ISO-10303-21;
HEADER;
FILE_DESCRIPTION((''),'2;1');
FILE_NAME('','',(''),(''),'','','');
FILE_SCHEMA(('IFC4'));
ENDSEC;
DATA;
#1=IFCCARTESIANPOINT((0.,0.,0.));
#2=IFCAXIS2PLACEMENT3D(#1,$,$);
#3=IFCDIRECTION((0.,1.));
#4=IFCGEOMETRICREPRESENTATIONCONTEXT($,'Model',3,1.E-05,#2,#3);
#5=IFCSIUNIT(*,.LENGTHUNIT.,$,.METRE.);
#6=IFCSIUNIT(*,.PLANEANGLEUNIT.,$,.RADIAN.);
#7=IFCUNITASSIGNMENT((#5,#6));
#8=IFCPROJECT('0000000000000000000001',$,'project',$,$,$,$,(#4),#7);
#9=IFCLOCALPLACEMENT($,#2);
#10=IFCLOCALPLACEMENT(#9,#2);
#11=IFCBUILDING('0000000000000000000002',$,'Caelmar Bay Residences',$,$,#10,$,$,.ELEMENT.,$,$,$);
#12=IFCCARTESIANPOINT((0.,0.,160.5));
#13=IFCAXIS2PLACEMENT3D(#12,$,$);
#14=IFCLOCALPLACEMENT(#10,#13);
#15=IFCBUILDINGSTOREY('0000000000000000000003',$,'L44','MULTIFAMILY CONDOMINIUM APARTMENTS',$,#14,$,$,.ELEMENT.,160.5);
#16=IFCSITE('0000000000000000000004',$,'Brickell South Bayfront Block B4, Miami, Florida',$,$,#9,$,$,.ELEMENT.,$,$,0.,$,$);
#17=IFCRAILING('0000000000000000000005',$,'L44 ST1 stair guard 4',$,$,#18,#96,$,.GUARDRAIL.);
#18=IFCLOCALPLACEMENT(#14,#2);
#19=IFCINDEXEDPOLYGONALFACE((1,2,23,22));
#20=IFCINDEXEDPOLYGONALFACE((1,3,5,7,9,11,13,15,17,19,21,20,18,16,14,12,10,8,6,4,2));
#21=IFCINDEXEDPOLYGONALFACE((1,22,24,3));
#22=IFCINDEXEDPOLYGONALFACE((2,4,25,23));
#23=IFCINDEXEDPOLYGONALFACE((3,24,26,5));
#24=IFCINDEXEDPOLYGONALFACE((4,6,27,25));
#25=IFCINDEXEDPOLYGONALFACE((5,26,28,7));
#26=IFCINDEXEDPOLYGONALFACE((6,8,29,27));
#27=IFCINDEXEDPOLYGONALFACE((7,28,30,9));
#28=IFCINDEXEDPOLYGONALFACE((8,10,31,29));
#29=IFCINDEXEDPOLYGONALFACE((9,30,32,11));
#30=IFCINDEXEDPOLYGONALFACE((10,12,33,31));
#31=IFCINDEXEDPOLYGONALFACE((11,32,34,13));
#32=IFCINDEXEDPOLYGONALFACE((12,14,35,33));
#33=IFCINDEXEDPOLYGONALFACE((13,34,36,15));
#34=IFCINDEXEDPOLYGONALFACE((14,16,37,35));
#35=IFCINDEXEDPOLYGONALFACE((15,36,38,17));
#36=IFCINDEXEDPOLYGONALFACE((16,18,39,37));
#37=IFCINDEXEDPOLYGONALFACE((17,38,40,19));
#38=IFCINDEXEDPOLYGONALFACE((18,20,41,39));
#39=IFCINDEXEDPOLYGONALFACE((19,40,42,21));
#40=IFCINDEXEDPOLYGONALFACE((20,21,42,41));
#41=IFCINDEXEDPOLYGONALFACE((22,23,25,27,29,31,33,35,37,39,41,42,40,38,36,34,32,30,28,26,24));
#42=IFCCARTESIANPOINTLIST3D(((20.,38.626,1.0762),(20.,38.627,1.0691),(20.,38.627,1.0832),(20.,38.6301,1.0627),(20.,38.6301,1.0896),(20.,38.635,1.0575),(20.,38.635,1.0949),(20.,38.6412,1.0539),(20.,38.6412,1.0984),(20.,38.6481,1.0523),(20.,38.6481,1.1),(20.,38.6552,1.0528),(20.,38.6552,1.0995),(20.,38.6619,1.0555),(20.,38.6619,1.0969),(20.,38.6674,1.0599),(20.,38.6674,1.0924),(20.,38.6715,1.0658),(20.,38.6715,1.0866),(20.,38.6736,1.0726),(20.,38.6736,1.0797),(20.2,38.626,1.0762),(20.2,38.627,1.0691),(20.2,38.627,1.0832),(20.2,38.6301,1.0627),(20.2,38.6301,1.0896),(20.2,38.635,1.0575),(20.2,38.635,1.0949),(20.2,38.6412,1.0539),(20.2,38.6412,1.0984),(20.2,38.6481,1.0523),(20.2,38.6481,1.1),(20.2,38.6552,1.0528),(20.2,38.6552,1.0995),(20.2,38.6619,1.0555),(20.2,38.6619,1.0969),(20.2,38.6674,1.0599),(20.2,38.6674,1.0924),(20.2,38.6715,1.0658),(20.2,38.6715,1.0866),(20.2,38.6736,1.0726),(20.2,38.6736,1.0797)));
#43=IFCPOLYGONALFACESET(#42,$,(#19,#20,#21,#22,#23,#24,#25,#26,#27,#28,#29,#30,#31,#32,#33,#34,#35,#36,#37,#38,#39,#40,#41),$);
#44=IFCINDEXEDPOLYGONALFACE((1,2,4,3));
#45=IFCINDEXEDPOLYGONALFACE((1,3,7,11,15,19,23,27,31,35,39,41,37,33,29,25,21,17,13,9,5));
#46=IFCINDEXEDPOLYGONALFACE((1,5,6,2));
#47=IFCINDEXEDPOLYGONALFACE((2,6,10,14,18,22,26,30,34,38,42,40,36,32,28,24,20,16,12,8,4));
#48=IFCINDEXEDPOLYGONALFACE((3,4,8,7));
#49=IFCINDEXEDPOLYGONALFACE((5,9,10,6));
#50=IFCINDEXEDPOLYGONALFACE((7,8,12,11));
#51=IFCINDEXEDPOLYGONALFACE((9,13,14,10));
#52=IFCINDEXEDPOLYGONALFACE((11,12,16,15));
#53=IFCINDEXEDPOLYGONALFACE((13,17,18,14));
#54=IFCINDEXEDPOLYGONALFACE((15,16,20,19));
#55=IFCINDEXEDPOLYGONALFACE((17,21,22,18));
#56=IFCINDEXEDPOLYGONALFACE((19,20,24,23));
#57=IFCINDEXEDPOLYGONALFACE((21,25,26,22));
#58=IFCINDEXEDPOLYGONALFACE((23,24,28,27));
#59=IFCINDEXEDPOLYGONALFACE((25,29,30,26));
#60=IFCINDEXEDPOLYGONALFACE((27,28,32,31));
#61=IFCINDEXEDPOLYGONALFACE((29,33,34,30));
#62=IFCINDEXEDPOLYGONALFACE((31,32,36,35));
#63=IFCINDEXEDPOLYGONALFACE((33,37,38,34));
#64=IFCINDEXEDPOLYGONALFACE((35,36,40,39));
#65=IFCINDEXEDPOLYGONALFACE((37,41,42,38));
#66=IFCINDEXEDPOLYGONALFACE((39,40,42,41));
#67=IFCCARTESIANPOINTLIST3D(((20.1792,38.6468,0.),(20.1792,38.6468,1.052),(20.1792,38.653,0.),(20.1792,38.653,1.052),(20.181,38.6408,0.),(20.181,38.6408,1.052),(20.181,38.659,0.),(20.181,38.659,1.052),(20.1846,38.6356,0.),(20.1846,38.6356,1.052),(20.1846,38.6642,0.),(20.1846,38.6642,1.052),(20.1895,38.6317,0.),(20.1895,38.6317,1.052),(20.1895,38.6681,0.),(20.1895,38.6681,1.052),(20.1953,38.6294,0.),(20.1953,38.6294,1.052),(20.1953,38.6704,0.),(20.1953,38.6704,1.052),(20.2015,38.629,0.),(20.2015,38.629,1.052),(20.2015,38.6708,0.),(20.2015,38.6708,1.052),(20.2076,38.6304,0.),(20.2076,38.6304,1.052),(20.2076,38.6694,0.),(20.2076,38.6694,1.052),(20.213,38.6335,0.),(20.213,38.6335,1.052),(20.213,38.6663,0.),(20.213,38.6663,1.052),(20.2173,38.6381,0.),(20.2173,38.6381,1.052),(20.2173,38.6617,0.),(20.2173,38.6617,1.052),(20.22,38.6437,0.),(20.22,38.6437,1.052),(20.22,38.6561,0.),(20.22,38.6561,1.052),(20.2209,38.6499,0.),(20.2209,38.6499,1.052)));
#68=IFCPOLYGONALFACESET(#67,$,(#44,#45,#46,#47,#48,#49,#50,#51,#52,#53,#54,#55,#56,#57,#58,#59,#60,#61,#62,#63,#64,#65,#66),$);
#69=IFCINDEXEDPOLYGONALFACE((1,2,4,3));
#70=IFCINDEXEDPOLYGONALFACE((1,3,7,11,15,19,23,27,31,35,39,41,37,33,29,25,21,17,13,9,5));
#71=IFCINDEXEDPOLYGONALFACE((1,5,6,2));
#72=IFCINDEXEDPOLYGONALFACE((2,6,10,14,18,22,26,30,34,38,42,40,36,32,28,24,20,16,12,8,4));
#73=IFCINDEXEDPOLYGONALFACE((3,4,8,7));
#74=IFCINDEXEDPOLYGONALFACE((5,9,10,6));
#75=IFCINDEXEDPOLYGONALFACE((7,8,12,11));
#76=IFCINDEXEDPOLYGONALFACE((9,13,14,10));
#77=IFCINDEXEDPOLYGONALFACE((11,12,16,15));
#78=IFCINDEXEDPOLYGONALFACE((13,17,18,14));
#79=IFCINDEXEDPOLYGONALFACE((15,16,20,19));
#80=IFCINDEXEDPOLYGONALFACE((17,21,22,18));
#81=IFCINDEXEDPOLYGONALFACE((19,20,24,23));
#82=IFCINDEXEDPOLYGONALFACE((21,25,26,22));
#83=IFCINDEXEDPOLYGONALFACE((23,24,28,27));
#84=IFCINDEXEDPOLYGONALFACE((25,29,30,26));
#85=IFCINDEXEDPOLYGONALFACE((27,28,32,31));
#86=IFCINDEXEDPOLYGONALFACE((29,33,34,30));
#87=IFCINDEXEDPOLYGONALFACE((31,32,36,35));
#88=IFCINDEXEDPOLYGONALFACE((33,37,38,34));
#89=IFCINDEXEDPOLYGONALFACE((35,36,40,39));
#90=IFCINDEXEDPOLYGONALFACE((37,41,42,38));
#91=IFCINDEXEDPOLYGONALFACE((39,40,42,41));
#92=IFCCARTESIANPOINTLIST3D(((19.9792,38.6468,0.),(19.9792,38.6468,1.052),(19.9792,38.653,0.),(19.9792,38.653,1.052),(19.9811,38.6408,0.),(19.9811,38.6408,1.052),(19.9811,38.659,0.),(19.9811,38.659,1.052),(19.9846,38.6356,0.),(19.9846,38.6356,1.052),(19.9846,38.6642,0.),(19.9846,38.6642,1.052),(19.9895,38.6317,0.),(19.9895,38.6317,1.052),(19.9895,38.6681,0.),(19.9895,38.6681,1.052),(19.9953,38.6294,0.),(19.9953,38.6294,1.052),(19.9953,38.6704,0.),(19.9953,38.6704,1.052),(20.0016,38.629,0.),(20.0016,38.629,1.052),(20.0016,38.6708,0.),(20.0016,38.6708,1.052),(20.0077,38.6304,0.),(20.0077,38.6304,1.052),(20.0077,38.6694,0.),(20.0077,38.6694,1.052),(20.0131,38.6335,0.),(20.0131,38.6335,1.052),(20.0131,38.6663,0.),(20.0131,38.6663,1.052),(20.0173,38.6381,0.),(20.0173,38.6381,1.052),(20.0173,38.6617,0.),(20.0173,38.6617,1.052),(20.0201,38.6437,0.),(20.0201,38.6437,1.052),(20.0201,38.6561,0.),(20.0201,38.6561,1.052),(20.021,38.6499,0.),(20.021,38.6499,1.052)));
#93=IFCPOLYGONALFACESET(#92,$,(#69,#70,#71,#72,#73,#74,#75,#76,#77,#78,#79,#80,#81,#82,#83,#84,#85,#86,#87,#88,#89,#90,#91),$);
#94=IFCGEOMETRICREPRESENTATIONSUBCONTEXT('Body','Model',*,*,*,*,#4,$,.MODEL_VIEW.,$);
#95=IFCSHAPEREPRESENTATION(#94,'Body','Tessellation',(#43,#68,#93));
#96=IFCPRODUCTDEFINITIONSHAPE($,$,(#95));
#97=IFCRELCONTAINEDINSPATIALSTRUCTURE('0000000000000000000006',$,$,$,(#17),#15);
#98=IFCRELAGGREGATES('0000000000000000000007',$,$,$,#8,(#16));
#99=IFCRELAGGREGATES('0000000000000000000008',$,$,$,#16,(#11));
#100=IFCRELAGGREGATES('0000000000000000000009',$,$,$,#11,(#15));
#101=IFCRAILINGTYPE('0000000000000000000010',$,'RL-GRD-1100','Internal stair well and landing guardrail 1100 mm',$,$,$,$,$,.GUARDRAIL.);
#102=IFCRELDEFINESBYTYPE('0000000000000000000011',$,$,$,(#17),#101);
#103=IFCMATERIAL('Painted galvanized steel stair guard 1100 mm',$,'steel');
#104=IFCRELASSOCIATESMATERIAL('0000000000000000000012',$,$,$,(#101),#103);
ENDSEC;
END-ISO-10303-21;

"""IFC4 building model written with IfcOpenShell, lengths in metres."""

from ifc_helpers import new_model, si_unit, direction, frame, origin, origin_2d, place, context, subcontext, project, spatial, circle, extrude, material, type_object, element, save


model = new_model("IFC4")

# Units and contexts
model_context = context("Model", 3, precision=1e-05, world=origin(), true_north=direction((0.0, 1.0)))
body_context = subcontext(model_context, "Body", "Model", "MODEL_VIEW")
ifc_project = project(units=[si_unit("LENGTHUNIT", "METRE"), si_unit("PLANEANGLEUNIT", "RADIAN")], contexts=[model_context])

# Site, building, storey
site_placement = place(None, origin())
site = spatial("IfcSite", under=ifc_project, at=site_placement, Name="Brickell South Bayfront Block B4, Miami, Florida", CompositionType="ELEMENT", RefElevation=0.0)
building_placement = place(site_placement, origin())
building = spatial("IfcBuilding", under=site, at=building_placement, Name="Caelmar Bay Residences", CompositionType="ELEMENT")
storey_placement = place(building_placement, frame((0.0, 0.0, 160.5)))
storey = spatial("IfcBuildingStorey", under=building, at=storey_placement, Name="L44", Description="MULTIFAMILY CONDOMINIUM APARTMENTS", CompositionType="ELEMENT", Elevation=160.5)

# Railing
ifc_material_1 = material(Name="Painted galvanized steel stair guard 1100 mm", Category="steel")
railing_type_1 = type_object("IfcRailingType", Name="RL-GRD-1100", Description="Internal stair well and landing guardrail 1100 mm", PredefinedType="GUARDRAIL", material=ifc_material_1)
railing_1_placement = place(storey_placement, frame((20.2, 38.6499, 0.0)))
element("IfcRailing", 1, at=railing_1_placement, inside=storey, type_object=railing_type_1, Name="L44 ST1 stair guard 4", PredefinedType="GUARDRAIL", context=body_context, shape_type="SweptSolid", body=[
    extrude(circle(Radius=0.0239, at=origin_2d()), frame((0.0, 0.0, 1.0762), z_axis=(-1.0, 0.0, 0.0), x_axis=(0.0, -1.0, 0.0)), (0.0, 0.0, 1.0), 0.2),
    extrude(circle(Radius=0.021, at=origin_2d()), origin(), (0.0, 0.0, 1.0), 1.052),
    extrude(circle(Radius=0.021, at=origin_2d()), frame((-0.2, 0.0, 0.0)), (0.0, 0.0, 1.0), 1.052),
])

save(model, "model.ifc")
